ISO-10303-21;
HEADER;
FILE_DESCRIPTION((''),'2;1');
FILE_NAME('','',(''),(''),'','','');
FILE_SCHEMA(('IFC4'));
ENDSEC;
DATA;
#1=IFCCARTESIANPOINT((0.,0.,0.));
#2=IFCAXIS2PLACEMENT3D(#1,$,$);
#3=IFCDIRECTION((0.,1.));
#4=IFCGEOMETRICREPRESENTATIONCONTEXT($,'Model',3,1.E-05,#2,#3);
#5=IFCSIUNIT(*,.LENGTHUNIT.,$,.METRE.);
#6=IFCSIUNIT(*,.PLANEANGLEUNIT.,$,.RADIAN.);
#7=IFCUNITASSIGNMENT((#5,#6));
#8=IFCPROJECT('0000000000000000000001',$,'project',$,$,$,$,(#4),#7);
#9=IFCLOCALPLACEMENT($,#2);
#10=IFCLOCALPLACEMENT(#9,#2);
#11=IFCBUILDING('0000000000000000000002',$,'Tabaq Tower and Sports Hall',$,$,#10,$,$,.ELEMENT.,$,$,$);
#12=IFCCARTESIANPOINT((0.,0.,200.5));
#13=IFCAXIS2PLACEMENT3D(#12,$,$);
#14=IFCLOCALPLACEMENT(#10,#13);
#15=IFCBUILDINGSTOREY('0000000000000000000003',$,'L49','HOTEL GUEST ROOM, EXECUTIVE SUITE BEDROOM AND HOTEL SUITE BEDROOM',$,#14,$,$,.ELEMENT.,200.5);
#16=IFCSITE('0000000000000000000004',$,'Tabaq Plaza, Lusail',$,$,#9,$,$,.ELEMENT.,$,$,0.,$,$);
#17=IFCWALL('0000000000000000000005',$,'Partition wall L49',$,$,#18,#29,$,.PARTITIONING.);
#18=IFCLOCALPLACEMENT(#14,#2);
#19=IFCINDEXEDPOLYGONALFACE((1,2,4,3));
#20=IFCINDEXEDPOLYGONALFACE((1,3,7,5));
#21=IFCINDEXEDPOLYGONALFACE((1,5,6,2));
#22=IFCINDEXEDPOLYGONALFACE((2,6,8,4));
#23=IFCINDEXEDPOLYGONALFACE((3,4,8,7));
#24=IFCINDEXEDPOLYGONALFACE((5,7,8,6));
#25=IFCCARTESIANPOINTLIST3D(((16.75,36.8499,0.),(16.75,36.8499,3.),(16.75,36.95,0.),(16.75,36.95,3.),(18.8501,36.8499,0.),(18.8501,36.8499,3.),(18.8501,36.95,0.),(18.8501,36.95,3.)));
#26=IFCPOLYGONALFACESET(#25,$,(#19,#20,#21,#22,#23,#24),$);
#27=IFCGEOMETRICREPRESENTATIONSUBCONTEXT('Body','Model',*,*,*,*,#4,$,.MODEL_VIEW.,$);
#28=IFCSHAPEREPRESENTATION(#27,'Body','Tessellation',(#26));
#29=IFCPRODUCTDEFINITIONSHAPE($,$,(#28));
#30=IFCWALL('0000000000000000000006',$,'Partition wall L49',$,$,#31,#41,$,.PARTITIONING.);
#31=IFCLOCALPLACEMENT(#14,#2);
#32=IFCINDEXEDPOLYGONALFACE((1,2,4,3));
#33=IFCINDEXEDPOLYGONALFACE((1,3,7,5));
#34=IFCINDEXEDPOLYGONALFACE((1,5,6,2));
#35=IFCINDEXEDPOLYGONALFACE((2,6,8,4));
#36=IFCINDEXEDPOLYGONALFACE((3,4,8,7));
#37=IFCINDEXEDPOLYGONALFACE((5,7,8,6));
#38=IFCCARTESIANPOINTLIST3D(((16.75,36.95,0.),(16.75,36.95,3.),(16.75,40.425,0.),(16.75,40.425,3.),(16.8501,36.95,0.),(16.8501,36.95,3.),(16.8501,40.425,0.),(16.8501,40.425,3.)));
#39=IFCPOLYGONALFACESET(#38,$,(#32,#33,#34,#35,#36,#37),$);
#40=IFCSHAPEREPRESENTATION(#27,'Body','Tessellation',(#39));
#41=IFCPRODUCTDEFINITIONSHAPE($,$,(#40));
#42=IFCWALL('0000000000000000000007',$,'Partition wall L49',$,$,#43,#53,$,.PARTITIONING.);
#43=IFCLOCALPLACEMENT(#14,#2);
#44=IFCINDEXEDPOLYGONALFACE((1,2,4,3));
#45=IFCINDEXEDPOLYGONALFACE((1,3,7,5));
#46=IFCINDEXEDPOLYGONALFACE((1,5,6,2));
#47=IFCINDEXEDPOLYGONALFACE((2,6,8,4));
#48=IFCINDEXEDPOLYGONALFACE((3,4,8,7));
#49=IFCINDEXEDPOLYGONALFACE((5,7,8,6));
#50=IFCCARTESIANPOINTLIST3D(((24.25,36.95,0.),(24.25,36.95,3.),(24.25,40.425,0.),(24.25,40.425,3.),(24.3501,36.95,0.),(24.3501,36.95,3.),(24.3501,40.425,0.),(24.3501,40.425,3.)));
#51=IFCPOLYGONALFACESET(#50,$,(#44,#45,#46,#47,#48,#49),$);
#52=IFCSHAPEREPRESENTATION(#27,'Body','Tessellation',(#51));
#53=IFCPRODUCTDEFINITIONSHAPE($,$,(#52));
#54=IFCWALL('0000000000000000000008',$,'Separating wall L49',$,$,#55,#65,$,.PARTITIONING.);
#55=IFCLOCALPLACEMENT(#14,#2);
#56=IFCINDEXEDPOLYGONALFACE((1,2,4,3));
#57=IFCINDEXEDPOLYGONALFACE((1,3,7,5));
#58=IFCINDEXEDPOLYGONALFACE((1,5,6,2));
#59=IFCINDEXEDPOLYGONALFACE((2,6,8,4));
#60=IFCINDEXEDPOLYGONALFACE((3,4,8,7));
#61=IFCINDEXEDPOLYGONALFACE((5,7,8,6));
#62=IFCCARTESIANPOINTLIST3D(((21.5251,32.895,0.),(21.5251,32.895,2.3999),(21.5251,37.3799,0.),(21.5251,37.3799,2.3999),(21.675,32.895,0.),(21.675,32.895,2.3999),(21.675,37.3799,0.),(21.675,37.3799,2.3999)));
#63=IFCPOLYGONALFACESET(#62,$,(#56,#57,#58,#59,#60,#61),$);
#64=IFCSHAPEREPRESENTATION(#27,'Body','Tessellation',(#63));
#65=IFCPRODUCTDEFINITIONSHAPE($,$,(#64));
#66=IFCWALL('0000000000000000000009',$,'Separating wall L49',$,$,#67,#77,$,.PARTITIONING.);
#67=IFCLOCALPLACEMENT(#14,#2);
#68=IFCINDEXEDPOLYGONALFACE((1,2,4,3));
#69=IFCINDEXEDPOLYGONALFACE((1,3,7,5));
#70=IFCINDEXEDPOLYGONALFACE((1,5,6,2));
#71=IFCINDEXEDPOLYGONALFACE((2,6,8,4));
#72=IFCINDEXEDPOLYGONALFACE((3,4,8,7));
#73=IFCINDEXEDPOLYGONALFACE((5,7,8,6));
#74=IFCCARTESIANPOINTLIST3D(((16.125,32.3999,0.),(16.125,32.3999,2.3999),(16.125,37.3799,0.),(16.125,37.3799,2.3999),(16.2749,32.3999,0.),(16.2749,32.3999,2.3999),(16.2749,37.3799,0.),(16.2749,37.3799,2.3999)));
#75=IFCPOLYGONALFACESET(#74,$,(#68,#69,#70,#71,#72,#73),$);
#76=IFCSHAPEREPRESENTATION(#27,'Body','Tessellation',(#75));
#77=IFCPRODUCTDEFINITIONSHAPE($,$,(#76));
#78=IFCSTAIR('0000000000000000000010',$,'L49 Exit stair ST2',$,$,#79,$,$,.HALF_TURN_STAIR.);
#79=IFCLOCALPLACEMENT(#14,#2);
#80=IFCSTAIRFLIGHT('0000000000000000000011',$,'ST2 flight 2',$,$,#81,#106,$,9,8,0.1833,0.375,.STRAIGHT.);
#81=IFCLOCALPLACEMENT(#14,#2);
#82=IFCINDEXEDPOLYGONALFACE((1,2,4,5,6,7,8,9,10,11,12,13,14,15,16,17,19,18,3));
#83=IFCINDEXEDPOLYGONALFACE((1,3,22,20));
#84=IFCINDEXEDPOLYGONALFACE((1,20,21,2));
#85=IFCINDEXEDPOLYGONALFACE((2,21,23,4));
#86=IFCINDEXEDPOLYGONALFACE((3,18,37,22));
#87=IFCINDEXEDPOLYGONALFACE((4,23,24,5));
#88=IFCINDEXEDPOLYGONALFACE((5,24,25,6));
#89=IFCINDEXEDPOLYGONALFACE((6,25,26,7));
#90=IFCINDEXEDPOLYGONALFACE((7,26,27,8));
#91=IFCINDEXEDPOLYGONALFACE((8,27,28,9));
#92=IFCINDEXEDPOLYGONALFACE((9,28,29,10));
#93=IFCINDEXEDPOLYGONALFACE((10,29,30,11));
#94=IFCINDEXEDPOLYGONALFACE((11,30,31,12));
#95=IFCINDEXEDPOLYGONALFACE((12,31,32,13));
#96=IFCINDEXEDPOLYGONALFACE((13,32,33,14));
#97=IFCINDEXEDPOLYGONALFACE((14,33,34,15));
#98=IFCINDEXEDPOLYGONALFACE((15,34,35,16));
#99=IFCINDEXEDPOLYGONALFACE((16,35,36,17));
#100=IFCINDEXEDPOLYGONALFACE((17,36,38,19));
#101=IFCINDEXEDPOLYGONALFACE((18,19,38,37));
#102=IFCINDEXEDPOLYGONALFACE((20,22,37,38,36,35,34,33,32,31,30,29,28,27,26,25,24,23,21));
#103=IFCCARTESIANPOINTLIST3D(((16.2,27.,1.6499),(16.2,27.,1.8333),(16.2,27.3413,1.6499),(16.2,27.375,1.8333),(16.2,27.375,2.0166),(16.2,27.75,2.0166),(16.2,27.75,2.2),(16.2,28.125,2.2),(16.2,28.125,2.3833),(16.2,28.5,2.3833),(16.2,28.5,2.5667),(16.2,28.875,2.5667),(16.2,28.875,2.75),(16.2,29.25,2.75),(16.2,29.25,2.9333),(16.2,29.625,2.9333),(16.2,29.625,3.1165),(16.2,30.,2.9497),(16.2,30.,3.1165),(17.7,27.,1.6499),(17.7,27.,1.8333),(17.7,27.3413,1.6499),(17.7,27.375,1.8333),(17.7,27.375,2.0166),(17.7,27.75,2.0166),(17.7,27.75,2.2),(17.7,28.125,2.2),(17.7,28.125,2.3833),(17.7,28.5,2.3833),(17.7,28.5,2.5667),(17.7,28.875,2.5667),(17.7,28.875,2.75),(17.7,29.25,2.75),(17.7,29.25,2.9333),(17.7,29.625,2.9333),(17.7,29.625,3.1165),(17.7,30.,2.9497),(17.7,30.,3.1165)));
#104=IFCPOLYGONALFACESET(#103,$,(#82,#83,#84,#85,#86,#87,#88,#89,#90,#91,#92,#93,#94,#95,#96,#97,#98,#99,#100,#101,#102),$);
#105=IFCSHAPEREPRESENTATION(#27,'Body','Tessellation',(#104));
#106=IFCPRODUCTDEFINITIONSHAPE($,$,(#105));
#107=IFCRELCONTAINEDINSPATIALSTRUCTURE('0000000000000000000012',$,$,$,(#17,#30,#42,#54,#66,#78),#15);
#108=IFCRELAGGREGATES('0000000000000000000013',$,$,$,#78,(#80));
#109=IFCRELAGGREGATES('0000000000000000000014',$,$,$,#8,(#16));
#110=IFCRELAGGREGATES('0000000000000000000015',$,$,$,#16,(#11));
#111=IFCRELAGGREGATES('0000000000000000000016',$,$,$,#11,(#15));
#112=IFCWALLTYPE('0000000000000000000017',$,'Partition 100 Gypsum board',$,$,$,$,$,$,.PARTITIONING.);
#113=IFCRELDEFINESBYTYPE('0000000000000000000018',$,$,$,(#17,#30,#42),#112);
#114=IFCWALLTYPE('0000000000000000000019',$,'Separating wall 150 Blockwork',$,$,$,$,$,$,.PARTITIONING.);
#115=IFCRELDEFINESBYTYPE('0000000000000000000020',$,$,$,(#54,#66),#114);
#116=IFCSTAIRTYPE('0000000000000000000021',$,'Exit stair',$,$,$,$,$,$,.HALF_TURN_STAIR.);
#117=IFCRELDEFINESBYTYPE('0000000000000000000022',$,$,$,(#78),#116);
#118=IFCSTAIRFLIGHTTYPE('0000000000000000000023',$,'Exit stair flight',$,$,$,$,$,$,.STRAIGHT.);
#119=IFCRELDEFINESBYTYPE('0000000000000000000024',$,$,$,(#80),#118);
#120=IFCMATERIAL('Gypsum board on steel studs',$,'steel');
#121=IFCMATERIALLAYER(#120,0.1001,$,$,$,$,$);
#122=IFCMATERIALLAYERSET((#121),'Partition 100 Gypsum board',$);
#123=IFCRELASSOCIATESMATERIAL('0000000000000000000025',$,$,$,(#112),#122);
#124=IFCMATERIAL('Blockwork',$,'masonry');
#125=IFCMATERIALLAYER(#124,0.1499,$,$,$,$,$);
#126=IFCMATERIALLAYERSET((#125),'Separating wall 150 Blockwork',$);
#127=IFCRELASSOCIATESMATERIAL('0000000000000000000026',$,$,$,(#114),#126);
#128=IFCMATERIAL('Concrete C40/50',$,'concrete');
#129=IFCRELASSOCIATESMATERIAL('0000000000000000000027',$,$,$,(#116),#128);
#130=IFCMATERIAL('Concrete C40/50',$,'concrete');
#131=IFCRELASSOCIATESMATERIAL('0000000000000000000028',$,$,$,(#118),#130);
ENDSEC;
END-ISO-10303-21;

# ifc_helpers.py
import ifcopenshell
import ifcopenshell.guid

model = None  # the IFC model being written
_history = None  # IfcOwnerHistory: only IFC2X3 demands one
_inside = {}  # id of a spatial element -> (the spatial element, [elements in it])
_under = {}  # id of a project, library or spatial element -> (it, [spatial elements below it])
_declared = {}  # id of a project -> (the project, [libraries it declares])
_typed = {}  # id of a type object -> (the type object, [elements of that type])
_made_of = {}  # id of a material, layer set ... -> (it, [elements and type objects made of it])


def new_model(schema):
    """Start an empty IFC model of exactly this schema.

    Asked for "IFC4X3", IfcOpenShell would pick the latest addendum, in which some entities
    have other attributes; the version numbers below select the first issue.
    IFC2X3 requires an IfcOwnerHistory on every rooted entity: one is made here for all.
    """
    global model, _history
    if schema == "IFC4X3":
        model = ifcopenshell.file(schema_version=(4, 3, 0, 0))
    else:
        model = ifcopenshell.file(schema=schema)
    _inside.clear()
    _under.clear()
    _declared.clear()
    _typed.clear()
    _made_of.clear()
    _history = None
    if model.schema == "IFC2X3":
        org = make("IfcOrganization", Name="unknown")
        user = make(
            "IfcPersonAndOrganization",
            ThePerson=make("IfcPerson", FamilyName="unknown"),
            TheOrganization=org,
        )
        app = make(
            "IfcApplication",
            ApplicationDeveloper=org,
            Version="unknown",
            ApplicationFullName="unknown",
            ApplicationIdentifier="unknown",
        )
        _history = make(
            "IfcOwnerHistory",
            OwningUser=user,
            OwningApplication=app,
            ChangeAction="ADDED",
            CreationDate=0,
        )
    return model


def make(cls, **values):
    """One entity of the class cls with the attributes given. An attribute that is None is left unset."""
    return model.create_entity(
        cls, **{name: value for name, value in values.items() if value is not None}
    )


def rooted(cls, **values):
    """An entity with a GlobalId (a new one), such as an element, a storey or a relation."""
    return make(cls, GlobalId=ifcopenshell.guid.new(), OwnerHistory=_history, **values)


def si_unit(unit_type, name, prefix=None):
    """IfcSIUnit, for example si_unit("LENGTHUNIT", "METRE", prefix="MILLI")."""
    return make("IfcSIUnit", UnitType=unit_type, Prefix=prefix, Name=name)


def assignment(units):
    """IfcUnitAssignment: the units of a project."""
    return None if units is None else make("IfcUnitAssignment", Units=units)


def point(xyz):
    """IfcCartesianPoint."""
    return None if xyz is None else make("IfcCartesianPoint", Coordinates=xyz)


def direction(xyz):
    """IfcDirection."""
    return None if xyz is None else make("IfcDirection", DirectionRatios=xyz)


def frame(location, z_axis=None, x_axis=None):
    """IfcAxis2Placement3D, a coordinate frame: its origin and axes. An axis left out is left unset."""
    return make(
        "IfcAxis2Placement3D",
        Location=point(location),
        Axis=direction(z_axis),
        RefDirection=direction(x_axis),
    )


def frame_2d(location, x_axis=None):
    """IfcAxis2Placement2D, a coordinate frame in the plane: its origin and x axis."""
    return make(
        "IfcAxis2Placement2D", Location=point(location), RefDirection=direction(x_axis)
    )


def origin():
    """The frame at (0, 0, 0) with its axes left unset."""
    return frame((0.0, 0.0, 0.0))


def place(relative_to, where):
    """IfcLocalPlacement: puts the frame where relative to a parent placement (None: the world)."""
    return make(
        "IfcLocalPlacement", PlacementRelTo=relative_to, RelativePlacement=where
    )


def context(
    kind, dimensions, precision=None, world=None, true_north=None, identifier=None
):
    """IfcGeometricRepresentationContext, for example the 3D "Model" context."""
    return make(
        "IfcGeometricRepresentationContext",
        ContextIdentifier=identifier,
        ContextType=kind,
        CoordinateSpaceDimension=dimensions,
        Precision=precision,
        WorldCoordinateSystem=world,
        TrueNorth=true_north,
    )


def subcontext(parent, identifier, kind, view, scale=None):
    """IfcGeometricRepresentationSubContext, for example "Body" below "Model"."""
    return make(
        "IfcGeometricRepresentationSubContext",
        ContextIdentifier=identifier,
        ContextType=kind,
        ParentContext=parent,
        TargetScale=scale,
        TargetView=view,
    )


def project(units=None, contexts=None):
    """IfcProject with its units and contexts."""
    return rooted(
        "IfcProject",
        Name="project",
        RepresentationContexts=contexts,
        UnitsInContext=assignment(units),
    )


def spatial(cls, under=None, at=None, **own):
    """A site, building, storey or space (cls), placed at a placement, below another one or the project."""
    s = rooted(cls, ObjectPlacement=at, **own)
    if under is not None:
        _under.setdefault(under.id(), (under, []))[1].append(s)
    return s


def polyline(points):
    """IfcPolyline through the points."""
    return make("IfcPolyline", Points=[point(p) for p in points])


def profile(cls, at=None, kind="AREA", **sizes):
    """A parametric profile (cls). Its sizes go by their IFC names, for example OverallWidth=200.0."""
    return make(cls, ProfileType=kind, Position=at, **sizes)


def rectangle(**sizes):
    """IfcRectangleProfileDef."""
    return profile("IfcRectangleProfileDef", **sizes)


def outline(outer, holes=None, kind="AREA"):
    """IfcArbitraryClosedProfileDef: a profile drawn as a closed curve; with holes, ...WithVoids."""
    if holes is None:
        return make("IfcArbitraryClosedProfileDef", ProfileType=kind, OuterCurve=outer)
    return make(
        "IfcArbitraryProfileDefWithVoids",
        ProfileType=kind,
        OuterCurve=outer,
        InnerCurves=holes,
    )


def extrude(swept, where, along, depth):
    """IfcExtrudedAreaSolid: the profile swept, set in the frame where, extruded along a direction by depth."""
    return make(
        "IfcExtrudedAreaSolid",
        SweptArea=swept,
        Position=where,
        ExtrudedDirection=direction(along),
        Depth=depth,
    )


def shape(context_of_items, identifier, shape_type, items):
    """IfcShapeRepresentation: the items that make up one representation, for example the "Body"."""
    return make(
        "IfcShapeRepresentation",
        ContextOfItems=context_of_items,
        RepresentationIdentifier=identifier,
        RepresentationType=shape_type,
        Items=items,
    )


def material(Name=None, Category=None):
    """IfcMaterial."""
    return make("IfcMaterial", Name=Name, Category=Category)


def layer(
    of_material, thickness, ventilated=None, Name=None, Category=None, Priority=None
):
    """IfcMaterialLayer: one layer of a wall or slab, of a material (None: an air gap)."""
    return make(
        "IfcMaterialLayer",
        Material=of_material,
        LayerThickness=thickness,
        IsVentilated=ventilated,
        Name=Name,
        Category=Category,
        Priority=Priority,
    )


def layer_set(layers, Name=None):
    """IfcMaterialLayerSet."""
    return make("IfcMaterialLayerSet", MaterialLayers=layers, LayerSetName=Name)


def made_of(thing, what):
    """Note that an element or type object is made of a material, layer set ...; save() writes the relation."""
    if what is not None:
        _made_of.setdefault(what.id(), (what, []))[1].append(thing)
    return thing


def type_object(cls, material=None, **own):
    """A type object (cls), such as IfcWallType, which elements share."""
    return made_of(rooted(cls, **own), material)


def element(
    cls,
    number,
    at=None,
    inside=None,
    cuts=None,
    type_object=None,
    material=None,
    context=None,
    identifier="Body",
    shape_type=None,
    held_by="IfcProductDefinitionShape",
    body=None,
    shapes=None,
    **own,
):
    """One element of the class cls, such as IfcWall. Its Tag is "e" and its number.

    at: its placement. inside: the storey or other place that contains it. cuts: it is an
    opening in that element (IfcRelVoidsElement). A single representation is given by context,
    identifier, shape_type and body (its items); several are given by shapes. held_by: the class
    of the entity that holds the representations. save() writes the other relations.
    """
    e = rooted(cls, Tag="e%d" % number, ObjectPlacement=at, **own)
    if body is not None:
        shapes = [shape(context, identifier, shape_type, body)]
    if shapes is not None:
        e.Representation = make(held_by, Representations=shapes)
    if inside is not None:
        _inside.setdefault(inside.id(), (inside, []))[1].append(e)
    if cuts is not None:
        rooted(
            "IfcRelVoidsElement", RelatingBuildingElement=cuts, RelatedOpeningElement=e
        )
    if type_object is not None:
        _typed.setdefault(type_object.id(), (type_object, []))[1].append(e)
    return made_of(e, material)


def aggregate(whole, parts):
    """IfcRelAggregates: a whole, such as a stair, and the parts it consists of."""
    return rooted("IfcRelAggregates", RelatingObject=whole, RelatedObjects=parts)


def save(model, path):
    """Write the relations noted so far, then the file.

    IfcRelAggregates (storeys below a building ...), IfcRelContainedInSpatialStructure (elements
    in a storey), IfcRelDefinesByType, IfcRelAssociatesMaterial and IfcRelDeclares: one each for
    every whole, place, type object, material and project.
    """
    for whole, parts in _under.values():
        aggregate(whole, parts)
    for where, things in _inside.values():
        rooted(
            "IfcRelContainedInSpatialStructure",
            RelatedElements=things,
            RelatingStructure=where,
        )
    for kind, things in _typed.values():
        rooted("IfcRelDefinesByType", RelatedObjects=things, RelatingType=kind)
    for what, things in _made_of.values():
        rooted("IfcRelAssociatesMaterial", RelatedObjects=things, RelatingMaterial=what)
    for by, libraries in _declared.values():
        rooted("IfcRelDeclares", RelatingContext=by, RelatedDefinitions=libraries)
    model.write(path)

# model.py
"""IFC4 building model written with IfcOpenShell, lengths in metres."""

from ifc_helpers import new_model, si_unit, direction, frame, frame_2d, origin, place, context, subcontext, project, spatial, polyline, rectangle, outline, extrude, material, layer, layer_set, type_object, element, aggregate, save


model = new_model("IFC4")

# Units and contexts
model_context = context("Model", 3, precision=1e-05, world=origin(), true_north=direction((0.0, 1.0)))
body_context = subcontext(model_context, "Body", "Model", "MODEL_VIEW")
ifc_project = project(units=[si_unit("LENGTHUNIT", "METRE"), si_unit("PLANEANGLEUNIT", "RADIAN")], contexts=[model_context])

# Site, building, storey
site_placement = place(None, origin())
site = spatial("IfcSite", under=ifc_project, at=site_placement, Name="Tabaq Plaza, Lusail", CompositionType="ELEMENT", RefElevation=0.0)
building_placement = place(site_placement, origin())
building = spatial("IfcBuilding", under=site, at=building_placement, Name="Tabaq Tower and Sports Hall", CompositionType="ELEMENT")
storey_placement = place(building_placement, frame((0.0, 0.0, 200.5)))
storey = spatial("IfcBuildingStorey", under=building, at=storey_placement, Name="L49", Description="HOTEL GUEST ROOM, EXECUTIVE SUITE BEDROOM AND HOTEL SUITE BEDROOM", CompositionType="ELEMENT", Elevation=200.5)

# Walls
ifc_material_1 = material(Name="Gypsum board on steel studs", Category="steel")
ifc_layer_1 = layer(ifc_material_1, 0.1001)
ifc_layer_set_1 = layer_set([ifc_layer_1], Name="Partition 100 Gypsum board")
wall_type_1 = type_object("IfcWallType", Name="Partition 100 Gypsum board", PredefinedType="PARTITIONING", material=ifc_layer_set_1)
wall_1_placement = place(storey_placement, frame((18.8501, 36.8999, 0.0), z_axis=(0.0, 0.0, 1.0), x_axis=(-1.0, 0.0, 0.0)))
element("IfcWall", 1, at=wall_1_placement, inside=storey, type_object=wall_type_1, Name="Partition wall L49", PredefinedType="PARTITIONING", context=body_context, shape_type="SweptSolid", body=[
    extrude(rectangle(XDim=2.1001, YDim=0.1001, at=frame_2d((1.05, 0.0))), origin(), (0.0, 0.0, 1.0), 3.0),
])
for number, where, z_axis, x_axis, name in (
    (2, (16.8, 36.95, 0.0), (0.0, 0.0, 1.0), (0.0, 1.0, 0.0), "Partition wall L49"),
    (3, (24.3, 36.95, 0.0), (0.0, 0.0, 1.0), (0.0, 1.0, 0.0), "Partition wall L49"),
):
    element("IfcWall", number, at=place(storey_placement, frame(where, z_axis=z_axis, x_axis=x_axis)), inside=storey, type_object=wall_type_1, Name=name, PredefinedType="PARTITIONING", context=body_context, shape_type="SweptSolid", body=[
        extrude(rectangle(XDim=3.4751, YDim=0.1001, at=frame_2d((1.7375, 0.0))), origin(), (0.0, 0.0, 1.0), 3.0),
    ])
ifc_material_2 = material(Name="Blockwork", Category="masonry")
ifc_layer_2 = layer(ifc_material_2, 0.1499)
ifc_layer_set_2 = layer_set([ifc_layer_2], Name="Separating wall 150 Blockwork")
wall_type_2 = type_object("IfcWallType", Name="Separating wall 150 Blockwork", PredefinedType="PARTITIONING", material=ifc_layer_set_2)
wall_2_placement = place(storey_placement, frame((21.6001, 32.895, 0.0), z_axis=(0.0, 0.0, 1.0), x_axis=(0.0, 1.0, 0.0)))
element("IfcWall", 4, at=wall_2_placement, inside=storey, type_object=wall_type_2, Name="Separating wall L49", PredefinedType="PARTITIONING", context=body_context, shape_type="SweptSolid", body=[
    extrude(rectangle(XDim=4.4849, YDim=0.1499, at=frame_2d((2.2424, 0.0))), origin(), (0.0, 0.0, 1.0), 2.3999),
])
wall_3_placement = place(storey_placement, frame((16.2, 37.3799, 0.0), z_axis=(0.0, 0.0, 1.0), x_axis=(0.0, -1.0, 0.0)))
element("IfcWall", 5, at=wall_3_placement, inside=storey, type_object=wall_type_2, Name="Separating wall L49", PredefinedType="PARTITIONING", context=body_context, shape_type="SweptSolid", body=[
    extrude(rectangle(XDim=4.98, YDim=0.1499, at=frame_2d((2.49, 0.0))), origin(), (0.0, 0.0, 1.0), 2.3999),
])

# Stair, stair flight
ifc_material_3 = material(Name="Concrete C40/50", Category="concrete")
stair_type = type_object("IfcStairType", Name="Exit stair", PredefinedType="HALF_TURN_STAIR", material=ifc_material_3)
stair_placement = place(storey_placement, origin())
stair = element("IfcStair", 6, at=stair_placement, inside=storey, type_object=stair_type, Name="L49 Exit stair ST2", PredefinedType="HALF_TURN_STAIR")
ifc_material_4 = material(Name="Concrete C40/50", Category="concrete")
stair_flight_type = type_object("IfcStairFlightType", Name="Exit stair flight", PredefinedType="STRAIGHT", material=ifc_material_4)
stair_flight_placement = place(storey_placement, frame((16.95, 27.0, 1.6499), z_axis=(0.0, 0.0, 1.0), x_axis=(0.0, 1.0, 0.0)))
stair_flight = element("IfcStairFlight", 7, at=stair_flight_placement, type_object=stair_flight_type, Name="ST2 flight 2", NumberOfRisers=9, NumberOfTreads=8, PredefinedType="STRAIGHT", RiserHeight=0.1833, TreadLength=0.375, context=body_context, shape_type="SweptSolid", body=[
    extrude(outline(polyline([(0.0, 0.0), (0.0, 0.1833), (0.375, 0.1833), (0.375, 0.3667), (0.75, 0.3667), (0.75, 0.55), (1.125, 0.55), (1.125, 0.7334), (1.5, 0.7334), (1.5, 0.9167), (1.875, 0.9167), (1.875, 1.1001), (2.25, 1.1001), (2.25, 1.2834), (2.625, 1.2834), (2.625, 1.4666), (3.0, 1.4666), (3.0, 1.6499), (3.0, 1.2998), (0.3413, 0.0), (0.0, 0.0)])), frame((0.0, 0.75, 0.0), z_axis=(0.0, -1.0, 0.0), x_axis=(1.0, 0.0, 0.0)), (0.0, 0.0, 1.0), 1.5),
])
aggregate(stair, [stair_flight])

save(model, "model.ifc")
